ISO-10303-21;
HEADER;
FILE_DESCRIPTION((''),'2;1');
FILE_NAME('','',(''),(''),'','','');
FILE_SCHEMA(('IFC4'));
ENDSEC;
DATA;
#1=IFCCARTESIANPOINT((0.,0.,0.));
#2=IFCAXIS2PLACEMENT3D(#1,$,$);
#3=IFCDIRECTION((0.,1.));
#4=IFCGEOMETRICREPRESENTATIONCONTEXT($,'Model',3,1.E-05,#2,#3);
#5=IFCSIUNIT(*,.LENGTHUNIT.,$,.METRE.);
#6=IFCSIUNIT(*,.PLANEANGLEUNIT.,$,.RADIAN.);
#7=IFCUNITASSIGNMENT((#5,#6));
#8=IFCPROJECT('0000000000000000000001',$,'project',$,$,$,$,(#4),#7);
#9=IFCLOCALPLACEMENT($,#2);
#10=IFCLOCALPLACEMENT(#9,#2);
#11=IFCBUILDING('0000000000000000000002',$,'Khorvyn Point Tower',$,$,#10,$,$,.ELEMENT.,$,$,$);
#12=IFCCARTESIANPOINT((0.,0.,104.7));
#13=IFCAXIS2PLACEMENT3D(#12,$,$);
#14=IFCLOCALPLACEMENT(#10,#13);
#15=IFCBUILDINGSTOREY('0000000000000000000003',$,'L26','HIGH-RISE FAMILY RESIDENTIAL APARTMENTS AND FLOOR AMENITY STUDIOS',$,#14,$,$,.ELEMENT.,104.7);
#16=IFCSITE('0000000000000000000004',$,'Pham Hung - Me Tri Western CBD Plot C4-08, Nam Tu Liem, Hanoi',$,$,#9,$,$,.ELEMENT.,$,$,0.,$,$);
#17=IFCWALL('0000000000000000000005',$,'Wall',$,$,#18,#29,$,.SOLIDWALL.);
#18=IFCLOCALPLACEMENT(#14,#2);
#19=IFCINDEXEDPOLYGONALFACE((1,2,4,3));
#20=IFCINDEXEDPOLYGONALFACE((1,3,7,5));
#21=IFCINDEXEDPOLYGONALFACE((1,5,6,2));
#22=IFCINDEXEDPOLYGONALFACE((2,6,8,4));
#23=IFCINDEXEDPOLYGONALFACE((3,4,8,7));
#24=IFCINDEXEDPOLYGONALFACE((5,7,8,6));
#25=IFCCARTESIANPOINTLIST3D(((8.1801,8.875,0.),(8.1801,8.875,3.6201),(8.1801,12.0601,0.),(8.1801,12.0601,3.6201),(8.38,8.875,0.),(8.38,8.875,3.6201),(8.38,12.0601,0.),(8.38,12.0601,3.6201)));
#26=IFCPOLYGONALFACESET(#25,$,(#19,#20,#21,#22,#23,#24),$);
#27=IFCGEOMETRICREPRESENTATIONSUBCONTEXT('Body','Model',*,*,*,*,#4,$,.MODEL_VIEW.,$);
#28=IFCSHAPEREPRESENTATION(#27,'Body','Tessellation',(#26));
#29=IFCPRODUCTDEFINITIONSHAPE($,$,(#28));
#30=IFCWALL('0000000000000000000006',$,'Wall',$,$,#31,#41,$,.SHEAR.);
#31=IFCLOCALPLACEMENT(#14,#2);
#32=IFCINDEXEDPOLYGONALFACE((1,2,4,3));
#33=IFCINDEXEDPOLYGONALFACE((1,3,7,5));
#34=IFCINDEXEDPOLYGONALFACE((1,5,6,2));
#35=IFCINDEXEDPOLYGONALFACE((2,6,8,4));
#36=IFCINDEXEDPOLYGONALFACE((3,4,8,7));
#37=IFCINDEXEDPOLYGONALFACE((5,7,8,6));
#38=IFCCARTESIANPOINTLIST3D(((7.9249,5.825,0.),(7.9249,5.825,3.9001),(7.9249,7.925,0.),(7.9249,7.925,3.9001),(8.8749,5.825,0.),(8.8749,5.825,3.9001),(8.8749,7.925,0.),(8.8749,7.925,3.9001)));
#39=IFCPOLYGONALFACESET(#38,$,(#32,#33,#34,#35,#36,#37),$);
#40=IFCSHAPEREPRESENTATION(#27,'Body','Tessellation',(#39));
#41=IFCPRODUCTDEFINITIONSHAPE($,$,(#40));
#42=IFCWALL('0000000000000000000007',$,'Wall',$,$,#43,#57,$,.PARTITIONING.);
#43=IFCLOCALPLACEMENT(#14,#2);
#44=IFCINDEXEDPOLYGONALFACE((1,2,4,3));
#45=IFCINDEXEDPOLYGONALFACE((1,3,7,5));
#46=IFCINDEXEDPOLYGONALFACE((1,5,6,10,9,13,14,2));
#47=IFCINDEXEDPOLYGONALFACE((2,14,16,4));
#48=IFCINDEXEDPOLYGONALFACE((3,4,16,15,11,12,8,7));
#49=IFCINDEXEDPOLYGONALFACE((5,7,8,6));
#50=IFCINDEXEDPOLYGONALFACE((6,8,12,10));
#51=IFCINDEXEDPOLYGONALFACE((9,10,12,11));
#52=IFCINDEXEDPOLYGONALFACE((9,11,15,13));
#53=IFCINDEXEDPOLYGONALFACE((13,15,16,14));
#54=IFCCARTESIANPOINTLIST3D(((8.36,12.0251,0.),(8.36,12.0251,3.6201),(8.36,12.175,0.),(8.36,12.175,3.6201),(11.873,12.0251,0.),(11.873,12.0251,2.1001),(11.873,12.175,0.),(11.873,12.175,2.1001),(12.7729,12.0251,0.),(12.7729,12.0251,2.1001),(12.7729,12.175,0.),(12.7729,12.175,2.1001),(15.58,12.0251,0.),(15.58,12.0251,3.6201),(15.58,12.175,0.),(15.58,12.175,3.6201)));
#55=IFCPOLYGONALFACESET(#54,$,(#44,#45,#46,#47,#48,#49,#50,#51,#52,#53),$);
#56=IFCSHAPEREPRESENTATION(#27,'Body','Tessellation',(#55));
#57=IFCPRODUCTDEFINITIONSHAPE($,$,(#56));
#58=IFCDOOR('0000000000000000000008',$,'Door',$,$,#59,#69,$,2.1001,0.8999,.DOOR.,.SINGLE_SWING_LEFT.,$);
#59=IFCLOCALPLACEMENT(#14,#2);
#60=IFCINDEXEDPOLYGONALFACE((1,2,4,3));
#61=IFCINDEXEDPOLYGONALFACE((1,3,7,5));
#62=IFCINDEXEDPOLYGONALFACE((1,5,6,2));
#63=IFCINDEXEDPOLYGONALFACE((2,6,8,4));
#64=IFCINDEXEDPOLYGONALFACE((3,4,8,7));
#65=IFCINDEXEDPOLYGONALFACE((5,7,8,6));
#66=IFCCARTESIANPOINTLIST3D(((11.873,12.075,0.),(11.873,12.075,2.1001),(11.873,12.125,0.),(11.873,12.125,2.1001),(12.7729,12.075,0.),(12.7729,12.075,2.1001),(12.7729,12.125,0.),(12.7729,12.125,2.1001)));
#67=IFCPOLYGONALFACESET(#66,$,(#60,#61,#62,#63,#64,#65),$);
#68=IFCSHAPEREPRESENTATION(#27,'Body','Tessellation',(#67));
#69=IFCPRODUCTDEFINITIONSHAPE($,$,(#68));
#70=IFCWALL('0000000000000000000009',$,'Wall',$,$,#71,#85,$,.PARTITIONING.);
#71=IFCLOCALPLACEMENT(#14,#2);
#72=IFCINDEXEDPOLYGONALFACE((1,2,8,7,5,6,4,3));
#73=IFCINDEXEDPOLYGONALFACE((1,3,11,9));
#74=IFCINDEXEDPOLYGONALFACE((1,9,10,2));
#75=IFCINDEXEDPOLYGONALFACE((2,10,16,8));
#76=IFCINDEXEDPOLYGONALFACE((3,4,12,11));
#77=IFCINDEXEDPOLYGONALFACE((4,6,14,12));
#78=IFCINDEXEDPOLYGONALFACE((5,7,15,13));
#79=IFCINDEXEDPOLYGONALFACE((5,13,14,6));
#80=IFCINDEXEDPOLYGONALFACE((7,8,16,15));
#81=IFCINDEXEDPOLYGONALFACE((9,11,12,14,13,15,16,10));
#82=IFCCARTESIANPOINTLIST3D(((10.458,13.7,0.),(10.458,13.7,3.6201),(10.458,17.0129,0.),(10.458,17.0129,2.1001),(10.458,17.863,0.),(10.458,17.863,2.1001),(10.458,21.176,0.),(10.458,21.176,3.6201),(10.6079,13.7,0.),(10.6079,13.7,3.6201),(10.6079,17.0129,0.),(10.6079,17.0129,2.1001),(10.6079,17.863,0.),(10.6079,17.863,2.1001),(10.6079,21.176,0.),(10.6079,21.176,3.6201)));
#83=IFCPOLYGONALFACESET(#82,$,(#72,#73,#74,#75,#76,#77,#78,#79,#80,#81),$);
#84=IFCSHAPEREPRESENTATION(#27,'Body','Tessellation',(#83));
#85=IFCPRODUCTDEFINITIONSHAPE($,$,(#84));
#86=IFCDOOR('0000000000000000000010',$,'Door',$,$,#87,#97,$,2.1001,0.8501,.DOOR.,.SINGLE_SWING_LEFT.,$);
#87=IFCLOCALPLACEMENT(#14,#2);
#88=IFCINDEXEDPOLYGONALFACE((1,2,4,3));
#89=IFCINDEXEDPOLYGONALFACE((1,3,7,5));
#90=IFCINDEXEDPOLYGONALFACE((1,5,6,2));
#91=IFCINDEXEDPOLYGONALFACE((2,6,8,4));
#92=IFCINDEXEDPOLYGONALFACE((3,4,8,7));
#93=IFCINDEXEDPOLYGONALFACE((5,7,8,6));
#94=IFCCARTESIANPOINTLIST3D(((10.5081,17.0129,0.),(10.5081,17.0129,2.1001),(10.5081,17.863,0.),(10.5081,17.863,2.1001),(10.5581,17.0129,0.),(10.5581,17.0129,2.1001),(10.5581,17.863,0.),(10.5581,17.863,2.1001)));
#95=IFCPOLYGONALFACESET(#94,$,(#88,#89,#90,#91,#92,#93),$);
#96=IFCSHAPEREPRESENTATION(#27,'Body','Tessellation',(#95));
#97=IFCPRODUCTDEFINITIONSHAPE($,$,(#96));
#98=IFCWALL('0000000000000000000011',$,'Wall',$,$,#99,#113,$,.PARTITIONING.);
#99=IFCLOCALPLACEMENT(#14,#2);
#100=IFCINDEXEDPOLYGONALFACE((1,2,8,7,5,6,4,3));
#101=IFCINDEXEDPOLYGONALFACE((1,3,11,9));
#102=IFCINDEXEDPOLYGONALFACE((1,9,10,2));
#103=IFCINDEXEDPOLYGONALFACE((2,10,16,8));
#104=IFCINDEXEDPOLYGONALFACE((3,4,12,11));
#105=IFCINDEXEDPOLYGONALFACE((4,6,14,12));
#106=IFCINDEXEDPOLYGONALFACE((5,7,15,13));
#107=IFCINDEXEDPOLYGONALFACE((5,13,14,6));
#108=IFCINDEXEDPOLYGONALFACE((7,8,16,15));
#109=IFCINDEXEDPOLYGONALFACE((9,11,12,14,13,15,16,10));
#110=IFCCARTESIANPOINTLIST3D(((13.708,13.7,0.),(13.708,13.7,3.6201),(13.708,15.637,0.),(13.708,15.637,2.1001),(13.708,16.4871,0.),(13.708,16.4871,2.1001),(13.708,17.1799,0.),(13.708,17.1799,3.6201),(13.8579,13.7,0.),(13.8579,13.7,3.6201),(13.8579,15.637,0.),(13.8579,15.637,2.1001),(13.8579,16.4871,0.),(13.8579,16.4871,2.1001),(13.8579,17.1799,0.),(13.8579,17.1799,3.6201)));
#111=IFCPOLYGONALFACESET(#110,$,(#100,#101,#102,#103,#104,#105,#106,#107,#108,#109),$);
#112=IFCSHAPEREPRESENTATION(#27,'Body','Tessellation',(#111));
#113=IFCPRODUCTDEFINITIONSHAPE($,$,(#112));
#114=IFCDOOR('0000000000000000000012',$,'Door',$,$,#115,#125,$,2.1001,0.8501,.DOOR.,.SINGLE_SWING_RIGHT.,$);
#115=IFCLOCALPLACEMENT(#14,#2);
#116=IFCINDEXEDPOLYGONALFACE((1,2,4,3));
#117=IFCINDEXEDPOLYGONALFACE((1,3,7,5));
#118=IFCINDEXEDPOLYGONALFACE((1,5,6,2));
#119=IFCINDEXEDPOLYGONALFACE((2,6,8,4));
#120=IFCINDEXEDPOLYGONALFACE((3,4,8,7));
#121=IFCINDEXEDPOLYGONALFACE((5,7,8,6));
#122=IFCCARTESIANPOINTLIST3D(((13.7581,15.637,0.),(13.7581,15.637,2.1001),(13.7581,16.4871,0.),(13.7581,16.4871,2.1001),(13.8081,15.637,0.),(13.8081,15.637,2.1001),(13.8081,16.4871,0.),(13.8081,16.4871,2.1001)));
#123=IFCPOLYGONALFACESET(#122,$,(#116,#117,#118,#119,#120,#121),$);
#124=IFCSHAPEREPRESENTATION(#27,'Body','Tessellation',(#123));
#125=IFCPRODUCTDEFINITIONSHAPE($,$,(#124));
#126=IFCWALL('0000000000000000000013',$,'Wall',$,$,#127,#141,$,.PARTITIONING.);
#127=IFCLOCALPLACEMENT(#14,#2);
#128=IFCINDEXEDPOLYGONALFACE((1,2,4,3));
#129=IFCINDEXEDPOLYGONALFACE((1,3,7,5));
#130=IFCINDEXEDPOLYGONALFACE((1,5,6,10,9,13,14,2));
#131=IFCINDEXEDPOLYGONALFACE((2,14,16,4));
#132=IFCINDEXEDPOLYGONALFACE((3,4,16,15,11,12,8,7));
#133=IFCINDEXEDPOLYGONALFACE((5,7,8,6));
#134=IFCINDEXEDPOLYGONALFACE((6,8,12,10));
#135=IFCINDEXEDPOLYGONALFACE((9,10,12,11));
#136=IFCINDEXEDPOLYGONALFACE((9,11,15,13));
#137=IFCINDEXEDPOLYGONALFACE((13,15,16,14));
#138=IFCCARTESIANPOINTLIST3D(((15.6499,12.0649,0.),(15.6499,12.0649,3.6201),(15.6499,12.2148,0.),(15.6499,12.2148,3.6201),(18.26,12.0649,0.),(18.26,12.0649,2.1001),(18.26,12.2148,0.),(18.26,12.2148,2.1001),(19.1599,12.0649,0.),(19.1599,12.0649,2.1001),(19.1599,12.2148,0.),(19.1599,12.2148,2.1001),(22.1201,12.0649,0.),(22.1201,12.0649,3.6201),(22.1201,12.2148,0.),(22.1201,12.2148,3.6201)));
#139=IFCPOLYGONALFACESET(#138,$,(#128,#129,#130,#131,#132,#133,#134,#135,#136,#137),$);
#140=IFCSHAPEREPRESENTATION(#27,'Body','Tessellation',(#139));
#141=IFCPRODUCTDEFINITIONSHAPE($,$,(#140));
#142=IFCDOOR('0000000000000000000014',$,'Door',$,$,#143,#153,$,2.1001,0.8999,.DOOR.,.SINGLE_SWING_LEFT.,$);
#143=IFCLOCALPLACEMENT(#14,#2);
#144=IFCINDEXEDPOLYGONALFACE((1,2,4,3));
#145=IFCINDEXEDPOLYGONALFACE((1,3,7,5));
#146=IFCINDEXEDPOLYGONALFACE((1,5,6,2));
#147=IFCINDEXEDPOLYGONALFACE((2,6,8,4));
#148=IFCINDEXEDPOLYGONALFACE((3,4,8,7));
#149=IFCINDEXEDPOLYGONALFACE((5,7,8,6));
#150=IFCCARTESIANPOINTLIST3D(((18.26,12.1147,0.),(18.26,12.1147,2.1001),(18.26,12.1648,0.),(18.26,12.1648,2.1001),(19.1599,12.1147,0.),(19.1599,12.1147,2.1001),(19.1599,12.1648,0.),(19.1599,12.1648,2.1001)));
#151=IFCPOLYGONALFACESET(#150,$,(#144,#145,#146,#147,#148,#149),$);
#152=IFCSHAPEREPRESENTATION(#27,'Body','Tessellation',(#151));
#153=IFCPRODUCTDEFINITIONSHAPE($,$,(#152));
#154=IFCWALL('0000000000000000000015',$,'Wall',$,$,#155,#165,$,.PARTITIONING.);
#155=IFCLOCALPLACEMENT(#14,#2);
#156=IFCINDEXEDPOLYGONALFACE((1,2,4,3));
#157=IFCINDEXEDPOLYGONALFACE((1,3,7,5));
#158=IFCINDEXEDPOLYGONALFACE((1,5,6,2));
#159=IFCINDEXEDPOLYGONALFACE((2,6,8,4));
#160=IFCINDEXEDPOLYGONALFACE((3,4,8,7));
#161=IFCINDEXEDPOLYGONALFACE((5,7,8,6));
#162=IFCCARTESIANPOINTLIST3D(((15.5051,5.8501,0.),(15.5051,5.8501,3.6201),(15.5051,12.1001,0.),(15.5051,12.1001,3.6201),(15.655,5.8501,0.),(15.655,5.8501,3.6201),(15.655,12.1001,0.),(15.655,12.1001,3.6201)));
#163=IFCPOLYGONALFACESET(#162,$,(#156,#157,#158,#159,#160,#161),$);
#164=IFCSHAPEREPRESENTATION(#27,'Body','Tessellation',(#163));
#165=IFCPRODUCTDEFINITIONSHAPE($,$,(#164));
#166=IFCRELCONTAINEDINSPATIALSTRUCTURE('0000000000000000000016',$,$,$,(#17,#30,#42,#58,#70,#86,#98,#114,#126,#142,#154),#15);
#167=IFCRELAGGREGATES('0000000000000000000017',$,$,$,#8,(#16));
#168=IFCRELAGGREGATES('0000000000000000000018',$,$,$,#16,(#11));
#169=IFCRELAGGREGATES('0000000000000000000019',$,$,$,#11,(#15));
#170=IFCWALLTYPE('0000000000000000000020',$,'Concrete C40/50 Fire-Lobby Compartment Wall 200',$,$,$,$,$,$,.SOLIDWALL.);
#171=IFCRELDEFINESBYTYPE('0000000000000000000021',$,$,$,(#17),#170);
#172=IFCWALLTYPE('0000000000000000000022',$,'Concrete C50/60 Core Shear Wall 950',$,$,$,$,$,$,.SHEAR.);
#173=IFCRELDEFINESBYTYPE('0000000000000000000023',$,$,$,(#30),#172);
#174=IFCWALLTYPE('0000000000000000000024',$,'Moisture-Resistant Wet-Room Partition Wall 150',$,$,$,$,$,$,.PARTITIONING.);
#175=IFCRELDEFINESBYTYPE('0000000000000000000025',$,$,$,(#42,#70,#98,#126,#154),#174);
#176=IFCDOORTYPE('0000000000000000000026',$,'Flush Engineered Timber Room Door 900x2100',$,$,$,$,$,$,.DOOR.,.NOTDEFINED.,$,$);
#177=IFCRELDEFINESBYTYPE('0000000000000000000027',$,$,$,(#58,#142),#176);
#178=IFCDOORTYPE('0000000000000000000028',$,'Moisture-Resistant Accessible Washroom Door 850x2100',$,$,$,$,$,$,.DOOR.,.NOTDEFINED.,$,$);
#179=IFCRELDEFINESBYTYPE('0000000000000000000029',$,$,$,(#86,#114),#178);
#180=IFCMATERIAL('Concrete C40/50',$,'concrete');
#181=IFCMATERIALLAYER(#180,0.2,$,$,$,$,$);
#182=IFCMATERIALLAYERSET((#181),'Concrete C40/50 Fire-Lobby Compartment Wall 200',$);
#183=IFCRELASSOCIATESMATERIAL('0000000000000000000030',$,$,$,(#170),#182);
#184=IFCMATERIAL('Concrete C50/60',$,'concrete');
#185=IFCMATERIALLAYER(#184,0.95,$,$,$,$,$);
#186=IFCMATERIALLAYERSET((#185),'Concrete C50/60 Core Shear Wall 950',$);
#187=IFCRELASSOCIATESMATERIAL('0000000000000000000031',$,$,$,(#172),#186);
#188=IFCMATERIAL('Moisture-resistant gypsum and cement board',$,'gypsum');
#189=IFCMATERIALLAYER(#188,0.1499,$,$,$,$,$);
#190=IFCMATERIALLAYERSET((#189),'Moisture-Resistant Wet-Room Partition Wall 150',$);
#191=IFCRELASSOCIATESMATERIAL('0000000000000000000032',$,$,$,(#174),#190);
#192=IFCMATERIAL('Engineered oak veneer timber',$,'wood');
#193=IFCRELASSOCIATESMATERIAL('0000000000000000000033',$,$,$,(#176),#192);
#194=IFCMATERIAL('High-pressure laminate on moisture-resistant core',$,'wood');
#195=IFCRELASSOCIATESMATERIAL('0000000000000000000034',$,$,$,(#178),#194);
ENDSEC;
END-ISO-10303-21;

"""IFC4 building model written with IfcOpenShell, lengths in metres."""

from ifc_helpers import new_model, si_unit, direction, frame, frame_2d, origin, place, context, subcontext, project, spatial, rectangle, extrude, material, layer, layer_set, type_object, element, fill, save


model = new_model("IFC4")

# Units and contexts
model_context = context("Model", 3, precision=1e-05, world=origin(), true_north=direction((0.0, 1.0)))
body_context = subcontext(model_context, "Body", "Model", "MODEL_VIEW")
ifc_project = project(units=[si_unit("LENGTHUNIT", "METRE"), si_unit("PLANEANGLEUNIT", "RADIAN")], contexts=[model_context])

# Site, building, storey
site_placement = place(None, origin())
site = spatial("IfcSite", under=ifc_project, at=site_placement, Name="Pham Hung - Me Tri Western CBD Plot C4-08, Nam Tu Liem, Hanoi", CompositionType="ELEMENT", RefElevation=0.0)
building_placement = place(site_placement, origin())
building = spatial("IfcBuilding", under=site, at=building_placement, Name="Khorvyn Point Tower", CompositionType="ELEMENT")
storey_placement = place(building_placement, frame((0.0, 0.0, 104.7)))
storey = spatial("IfcBuildingStorey", under=building, at=storey_placement, Name="L26", Description="HIGH-RISE FAMILY RESIDENTIAL APARTMENTS AND FLOOR AMENITY STUDIOS", CompositionType="ELEMENT", Elevation=104.7)

# Shared definitions
ifc_material_1 = material(Name="Concrete C50/60", Category="concrete")

# Walls
ifc_material_2 = material(Name="Concrete C40/50", Category="concrete")
ifc_layer_1 = layer(ifc_material_2, 0.2)
ifc_layer_set_1 = layer_set([ifc_layer_1], Name="Concrete C40/50 Fire-Lobby Compartment Wall 200")
wall_type_1 = type_object("IfcWallType", Name="Concrete C40/50 Fire-Lobby Compartment Wall 200", PredefinedType="SOLIDWALL", material=ifc_layer_set_1)
wall_1_placement = place(storey_placement, frame((8.28, 8.875, 0.0), z_axis=(0.0, 0.0, 1.0), x_axis=(0.0, 1.0, 0.0)))
element("IfcWall", 1, at=wall_1_placement, inside=storey, type_object=wall_type_1, Name="Wall", PredefinedType="SOLIDWALL", context=body_context, shape_type="SweptSolid", body=[
    extrude(rectangle(XDim=3.1851, YDim=0.2, at=frame_2d((1.5925, 0.0))), origin(), (0.0, 0.0, 1.0), 3.6201),
])
ifc_layer_2 = layer(ifc_material_1, 0.95)
ifc_layer_set_2 = layer_set([ifc_layer_2], Name="Concrete C50/60 Core Shear Wall 950")
wall_type_2 = type_object("IfcWallType", Name="Concrete C50/60 Core Shear Wall 950", PredefinedType="SHEAR", material=ifc_layer_set_2)
wall_2_placement = place(storey_placement, frame((8.3999, 5.825, 0.0), z_axis=(0.0, 0.0, 1.0), x_axis=(0.0, 1.0, 0.0)))
element("IfcWall", 2, at=wall_2_placement, inside=storey, type_object=wall_type_2, Name="Wall", PredefinedType="SHEAR", context=body_context, shape_type="SweptSolid", body=[
    extrude(rectangle(XDim=2.1001, YDim=0.95, at=frame_2d((1.05, 0.0))), origin(), (0.0, 0.0, 1.0), 3.9001),
])

# Walls, openings, doors
ifc_material_3 = material(Name="Moisture-resistant gypsum and cement board", Category="gypsum")
ifc_layer_3 = layer(ifc_material_3, 0.1499)
ifc_layer_set_3 = layer_set([ifc_layer_3], Name="Moisture-Resistant Wet-Room Partition Wall 150")
wall_type_3 = type_object("IfcWallType", Name="Moisture-Resistant Wet-Room Partition Wall 150", PredefinedType="PARTITIONING", material=ifc_layer_set_3)
wall_3_placement = place(storey_placement, frame((8.3601, 12.1001, 0.0), z_axis=(0.0, 0.0, 1.0), x_axis=(1.0, 0.0, 0.0)))
wall_3 = element("IfcWall", 3, at=wall_3_placement, inside=storey, type_object=wall_type_3, Name="Wall", PredefinedType="PARTITIONING", context=body_context, shape_type="SweptSolid", body=[
    extrude(rectangle(XDim=7.22, YDim=0.1499, at=frame_2d((3.6099, 0.0))), origin(), (0.0, 0.0, 1.0), 3.6201),
])
opening_1_placement = place(wall_3_placement, frame((3.5129, 0.0, 0.0)))
opening_1 = element("IfcOpeningElement", 4, at=opening_1_placement, cuts=wall_3, PredefinedType="OPENING", context=body_context, shape_type="SweptSolid", body=[
    extrude(rectangle(XDim=0.8999, YDim=2.1001, at=frame_2d((0.45, 1.05))), frame((0.0, 0.085, 0.0), z_axis=(0.0, -1.0, 0.0), x_axis=(1.0, 0.0, 0.0)), (0.0, 0.0, 1.0), 0.1699),
])
ifc_material_4 = material(Name="Engineered oak veneer timber", Category="wood")
door_type_1 = type_object("IfcDoorType", Name="Flush Engineered Timber Room Door 900x2100", OperationType="NOTDEFINED", PredefinedType="DOOR", material=ifc_material_4)
door_1_placement = place(opening_1_placement, origin())
door_1 = element("IfcDoor", 5, at=door_1_placement, inside=storey, type_object=door_type_1, Name="Door", OperationType="SINGLE_SWING_LEFT", OverallHeight=2.1001, OverallWidth=0.8999, PredefinedType="DOOR", context=body_context, shape_type="SweptSolid", body=[
    extrude(rectangle(XDim=0.8999, YDim=2.1001, at=frame_2d((0.45, 1.05))), frame((0.0, 0.0249, 0.0), z_axis=(0.0, -1.0, 0.0), x_axis=(1.0, 0.0, 0.0)), (0.0, 0.0, 1.0), 0.05),
])
fill(opening_1, door_1)
wall_4_placement = place(storey_placement, frame((10.533, 13.7, 0.0), z_axis=(0.0, 0.0, 1.0), x_axis=(0.0, 1.0, 0.0)))
wall_4 = element("IfcWall", 6, at=wall_4_placement, inside=storey, type_object=wall_type_3, Name="Wall", PredefinedType="PARTITIONING", context=body_context, shape_type="SweptSolid", body=[
    extrude(rectangle(XDim=7.4761, YDim=0.1499, at=frame_2d((3.738, 0.0))), origin(), (0.0, 0.0, 1.0), 3.6201),
])
opening_2_placement = place(wall_4_placement, frame((3.313, 0.0, 0.0)))
opening_2 = element("IfcOpeningElement", 7, at=opening_2_placement, cuts=wall_4, PredefinedType="OPENING", context=body_context, shape_type="SweptSolid", body=[
    extrude(rectangle(XDim=0.8501, YDim=2.1001, at=frame_2d((0.425, 1.05))), frame((0.0, 0.085, 0.0), z_axis=(0.0, -1.0, 0.0), x_axis=(1.0, 0.0, 0.0)), (0.0, 0.0, 1.0), 0.1699),
])
ifc_material_5 = material(Name="High-pressure laminate on moisture-resistant core", Category="wood")
door_type_2 = type_object("IfcDoorType", Name="Moisture-Resistant Accessible Washroom Door 850x2100", OperationType="NOTDEFINED", PredefinedType="DOOR", material=ifc_material_5)
door_2_placement = place(opening_2_placement, origin())
door_2 = element("IfcDoor", 8, at=door_2_placement, inside=storey, type_object=door_type_2, Name="Door", OperationType="SINGLE_SWING_LEFT", OverallHeight=2.1001, OverallWidth=0.8501, PredefinedType="DOOR", context=body_context, shape_type="SweptSolid", body=[
    extrude(rectangle(XDim=0.8501, YDim=2.1001, at=frame_2d((0.425, 1.05))), frame((0.0, 0.0249, 0.0), z_axis=(0.0, -1.0, 0.0), x_axis=(1.0, 0.0, 0.0)), (0.0, 0.0, 1.0), 0.05),
])
fill(opening_2, door_2)
wall_5_placement = place(storey_placement, frame((13.783, 13.7, 0.0), z_axis=(0.0, 0.0, 1.0), x_axis=(0.0, 1.0, 0.0)))
wall_5 = element("IfcWall", 9, at=wall_5_placement, inside=storey, type_object=wall_type_3, Name="Wall", PredefinedType="PARTITIONING", context=body_context, shape_type="SweptSolid", body=[
    extrude(rectangle(XDim=3.48, YDim=0.1499, at=frame_2d((1.74, 0.0))), origin(), (0.0, 0.0, 1.0), 3.6201),
])
opening_3_placement = place(wall_5_placement, frame((1.937, 0.0, 0.0)))
opening_3 = element("IfcOpeningElement", 10, at=opening_3_placement, cuts=wall_5, PredefinedType="OPENING", context=body_context, shape_type="SweptSolid", body=[
    extrude(rectangle(XDim=0.8501, YDim=2.1001, at=frame_2d((0.425, 1.05))), frame((0.0, 0.085, 0.0), z_axis=(0.0, -1.0, 0.0), x_axis=(1.0, 0.0, 0.0)), (0.0, 0.0, 1.0), 0.1699),
])
door_3_placement = place(opening_3_placement, origin())
door_3 = element("IfcDoor", 11, at=door_3_placement, inside=storey, type_object=door_type_2, Name="Door", OperationType="SINGLE_SWING_RIGHT", OverallHeight=2.1001, OverallWidth=0.8501, PredefinedType="DOOR", context=body_context, shape_type="SweptSolid", body=[
    extrude(rectangle(XDim=0.8501, YDim=2.1001, at=frame_2d((0.425, 1.05))), frame((0.0, 0.0249, 0.0), z_axis=(0.0, -1.0, 0.0), x_axis=(1.0, 0.0, 0.0)), (0.0, 0.0, 1.0), 0.05),
])
fill(opening_3, door_3)
wall_6_placement = place(storey_placement, frame((15.6499, 12.1399, 0.0), z_axis=(0.0, 0.0, 1.0), x_axis=(1.0, 0.0, 0.0)))
wall_6 = element("IfcWall", 12, at=wall_6_placement, inside=storey, type_object=wall_type_3, Name="Wall", PredefinedType="PARTITIONING", context=body_context, shape_type="SweptSolid", body=[
    extrude(rectangle(XDim=6.4702, YDim=0.1499, at=frame_2d((3.2351, 0.0))), origin(), (0.0, 0.0, 1.0), 3.6201),
])
opening_4_placement = place(wall_6_placement, frame((2.6101, 0.0, 0.0)))
opening_4 = element("IfcOpeningElement", 13, at=opening_4_placement, cuts=wall_6, PredefinedType="OPENING", context=body_context, shape_type="SweptSolid", body=[
    extrude(rectangle(XDim=0.8999, YDim=2.1001, at=frame_2d((0.45, 1.05))), frame((0.0, 0.085, 0.0), z_axis=(0.0, -1.0, 0.0), x_axis=(1.0, 0.0, 0.0)), (0.0, 0.0, 1.0), 0.1699),
])
door_4_placement = place(opening_4_placement, origin())
door_4 = element("IfcDoor", 14, at=door_4_placement, inside=storey, type_object=door_type_1, Name="Door", OperationType="SINGLE_SWING_LEFT", OverallHeight=2.1001, OverallWidth=0.8999, PredefinedType="DOOR", context=body_context, shape_type="SweptSolid", body=[
    extrude(rectangle(XDim=0.8999, YDim=2.1001, at=frame_2d((0.45, 1.05))), frame((0.0, 0.0249, 0.0), z_axis=(0.0, -1.0, 0.0), x_axis=(1.0, 0.0, 0.0)), (0.0, 0.0, 1.0), 0.05),
])
fill(opening_4, door_4)

# Wall
wall_7_placement = place(storey_placement, frame((15.5801, 5.8501, 0.0), z_axis=(0.0, 0.0, 1.0), x_axis=(0.0, 1.0, 0.0)))
element("IfcWall", 15, at=wall_7_placement, inside=storey, type_object=wall_type_3, Name="Wall", PredefinedType="PARTITIONING", context=body_context, shape_type="SweptSolid", body=[
    extrude(rectangle(XDim=6.25, YDim=0.1499, at=frame_2d((3.125, 0.0))), origin(), (0.0, 0.0, 1.0), 3.6201),
])

save(model, "model.ifc")
